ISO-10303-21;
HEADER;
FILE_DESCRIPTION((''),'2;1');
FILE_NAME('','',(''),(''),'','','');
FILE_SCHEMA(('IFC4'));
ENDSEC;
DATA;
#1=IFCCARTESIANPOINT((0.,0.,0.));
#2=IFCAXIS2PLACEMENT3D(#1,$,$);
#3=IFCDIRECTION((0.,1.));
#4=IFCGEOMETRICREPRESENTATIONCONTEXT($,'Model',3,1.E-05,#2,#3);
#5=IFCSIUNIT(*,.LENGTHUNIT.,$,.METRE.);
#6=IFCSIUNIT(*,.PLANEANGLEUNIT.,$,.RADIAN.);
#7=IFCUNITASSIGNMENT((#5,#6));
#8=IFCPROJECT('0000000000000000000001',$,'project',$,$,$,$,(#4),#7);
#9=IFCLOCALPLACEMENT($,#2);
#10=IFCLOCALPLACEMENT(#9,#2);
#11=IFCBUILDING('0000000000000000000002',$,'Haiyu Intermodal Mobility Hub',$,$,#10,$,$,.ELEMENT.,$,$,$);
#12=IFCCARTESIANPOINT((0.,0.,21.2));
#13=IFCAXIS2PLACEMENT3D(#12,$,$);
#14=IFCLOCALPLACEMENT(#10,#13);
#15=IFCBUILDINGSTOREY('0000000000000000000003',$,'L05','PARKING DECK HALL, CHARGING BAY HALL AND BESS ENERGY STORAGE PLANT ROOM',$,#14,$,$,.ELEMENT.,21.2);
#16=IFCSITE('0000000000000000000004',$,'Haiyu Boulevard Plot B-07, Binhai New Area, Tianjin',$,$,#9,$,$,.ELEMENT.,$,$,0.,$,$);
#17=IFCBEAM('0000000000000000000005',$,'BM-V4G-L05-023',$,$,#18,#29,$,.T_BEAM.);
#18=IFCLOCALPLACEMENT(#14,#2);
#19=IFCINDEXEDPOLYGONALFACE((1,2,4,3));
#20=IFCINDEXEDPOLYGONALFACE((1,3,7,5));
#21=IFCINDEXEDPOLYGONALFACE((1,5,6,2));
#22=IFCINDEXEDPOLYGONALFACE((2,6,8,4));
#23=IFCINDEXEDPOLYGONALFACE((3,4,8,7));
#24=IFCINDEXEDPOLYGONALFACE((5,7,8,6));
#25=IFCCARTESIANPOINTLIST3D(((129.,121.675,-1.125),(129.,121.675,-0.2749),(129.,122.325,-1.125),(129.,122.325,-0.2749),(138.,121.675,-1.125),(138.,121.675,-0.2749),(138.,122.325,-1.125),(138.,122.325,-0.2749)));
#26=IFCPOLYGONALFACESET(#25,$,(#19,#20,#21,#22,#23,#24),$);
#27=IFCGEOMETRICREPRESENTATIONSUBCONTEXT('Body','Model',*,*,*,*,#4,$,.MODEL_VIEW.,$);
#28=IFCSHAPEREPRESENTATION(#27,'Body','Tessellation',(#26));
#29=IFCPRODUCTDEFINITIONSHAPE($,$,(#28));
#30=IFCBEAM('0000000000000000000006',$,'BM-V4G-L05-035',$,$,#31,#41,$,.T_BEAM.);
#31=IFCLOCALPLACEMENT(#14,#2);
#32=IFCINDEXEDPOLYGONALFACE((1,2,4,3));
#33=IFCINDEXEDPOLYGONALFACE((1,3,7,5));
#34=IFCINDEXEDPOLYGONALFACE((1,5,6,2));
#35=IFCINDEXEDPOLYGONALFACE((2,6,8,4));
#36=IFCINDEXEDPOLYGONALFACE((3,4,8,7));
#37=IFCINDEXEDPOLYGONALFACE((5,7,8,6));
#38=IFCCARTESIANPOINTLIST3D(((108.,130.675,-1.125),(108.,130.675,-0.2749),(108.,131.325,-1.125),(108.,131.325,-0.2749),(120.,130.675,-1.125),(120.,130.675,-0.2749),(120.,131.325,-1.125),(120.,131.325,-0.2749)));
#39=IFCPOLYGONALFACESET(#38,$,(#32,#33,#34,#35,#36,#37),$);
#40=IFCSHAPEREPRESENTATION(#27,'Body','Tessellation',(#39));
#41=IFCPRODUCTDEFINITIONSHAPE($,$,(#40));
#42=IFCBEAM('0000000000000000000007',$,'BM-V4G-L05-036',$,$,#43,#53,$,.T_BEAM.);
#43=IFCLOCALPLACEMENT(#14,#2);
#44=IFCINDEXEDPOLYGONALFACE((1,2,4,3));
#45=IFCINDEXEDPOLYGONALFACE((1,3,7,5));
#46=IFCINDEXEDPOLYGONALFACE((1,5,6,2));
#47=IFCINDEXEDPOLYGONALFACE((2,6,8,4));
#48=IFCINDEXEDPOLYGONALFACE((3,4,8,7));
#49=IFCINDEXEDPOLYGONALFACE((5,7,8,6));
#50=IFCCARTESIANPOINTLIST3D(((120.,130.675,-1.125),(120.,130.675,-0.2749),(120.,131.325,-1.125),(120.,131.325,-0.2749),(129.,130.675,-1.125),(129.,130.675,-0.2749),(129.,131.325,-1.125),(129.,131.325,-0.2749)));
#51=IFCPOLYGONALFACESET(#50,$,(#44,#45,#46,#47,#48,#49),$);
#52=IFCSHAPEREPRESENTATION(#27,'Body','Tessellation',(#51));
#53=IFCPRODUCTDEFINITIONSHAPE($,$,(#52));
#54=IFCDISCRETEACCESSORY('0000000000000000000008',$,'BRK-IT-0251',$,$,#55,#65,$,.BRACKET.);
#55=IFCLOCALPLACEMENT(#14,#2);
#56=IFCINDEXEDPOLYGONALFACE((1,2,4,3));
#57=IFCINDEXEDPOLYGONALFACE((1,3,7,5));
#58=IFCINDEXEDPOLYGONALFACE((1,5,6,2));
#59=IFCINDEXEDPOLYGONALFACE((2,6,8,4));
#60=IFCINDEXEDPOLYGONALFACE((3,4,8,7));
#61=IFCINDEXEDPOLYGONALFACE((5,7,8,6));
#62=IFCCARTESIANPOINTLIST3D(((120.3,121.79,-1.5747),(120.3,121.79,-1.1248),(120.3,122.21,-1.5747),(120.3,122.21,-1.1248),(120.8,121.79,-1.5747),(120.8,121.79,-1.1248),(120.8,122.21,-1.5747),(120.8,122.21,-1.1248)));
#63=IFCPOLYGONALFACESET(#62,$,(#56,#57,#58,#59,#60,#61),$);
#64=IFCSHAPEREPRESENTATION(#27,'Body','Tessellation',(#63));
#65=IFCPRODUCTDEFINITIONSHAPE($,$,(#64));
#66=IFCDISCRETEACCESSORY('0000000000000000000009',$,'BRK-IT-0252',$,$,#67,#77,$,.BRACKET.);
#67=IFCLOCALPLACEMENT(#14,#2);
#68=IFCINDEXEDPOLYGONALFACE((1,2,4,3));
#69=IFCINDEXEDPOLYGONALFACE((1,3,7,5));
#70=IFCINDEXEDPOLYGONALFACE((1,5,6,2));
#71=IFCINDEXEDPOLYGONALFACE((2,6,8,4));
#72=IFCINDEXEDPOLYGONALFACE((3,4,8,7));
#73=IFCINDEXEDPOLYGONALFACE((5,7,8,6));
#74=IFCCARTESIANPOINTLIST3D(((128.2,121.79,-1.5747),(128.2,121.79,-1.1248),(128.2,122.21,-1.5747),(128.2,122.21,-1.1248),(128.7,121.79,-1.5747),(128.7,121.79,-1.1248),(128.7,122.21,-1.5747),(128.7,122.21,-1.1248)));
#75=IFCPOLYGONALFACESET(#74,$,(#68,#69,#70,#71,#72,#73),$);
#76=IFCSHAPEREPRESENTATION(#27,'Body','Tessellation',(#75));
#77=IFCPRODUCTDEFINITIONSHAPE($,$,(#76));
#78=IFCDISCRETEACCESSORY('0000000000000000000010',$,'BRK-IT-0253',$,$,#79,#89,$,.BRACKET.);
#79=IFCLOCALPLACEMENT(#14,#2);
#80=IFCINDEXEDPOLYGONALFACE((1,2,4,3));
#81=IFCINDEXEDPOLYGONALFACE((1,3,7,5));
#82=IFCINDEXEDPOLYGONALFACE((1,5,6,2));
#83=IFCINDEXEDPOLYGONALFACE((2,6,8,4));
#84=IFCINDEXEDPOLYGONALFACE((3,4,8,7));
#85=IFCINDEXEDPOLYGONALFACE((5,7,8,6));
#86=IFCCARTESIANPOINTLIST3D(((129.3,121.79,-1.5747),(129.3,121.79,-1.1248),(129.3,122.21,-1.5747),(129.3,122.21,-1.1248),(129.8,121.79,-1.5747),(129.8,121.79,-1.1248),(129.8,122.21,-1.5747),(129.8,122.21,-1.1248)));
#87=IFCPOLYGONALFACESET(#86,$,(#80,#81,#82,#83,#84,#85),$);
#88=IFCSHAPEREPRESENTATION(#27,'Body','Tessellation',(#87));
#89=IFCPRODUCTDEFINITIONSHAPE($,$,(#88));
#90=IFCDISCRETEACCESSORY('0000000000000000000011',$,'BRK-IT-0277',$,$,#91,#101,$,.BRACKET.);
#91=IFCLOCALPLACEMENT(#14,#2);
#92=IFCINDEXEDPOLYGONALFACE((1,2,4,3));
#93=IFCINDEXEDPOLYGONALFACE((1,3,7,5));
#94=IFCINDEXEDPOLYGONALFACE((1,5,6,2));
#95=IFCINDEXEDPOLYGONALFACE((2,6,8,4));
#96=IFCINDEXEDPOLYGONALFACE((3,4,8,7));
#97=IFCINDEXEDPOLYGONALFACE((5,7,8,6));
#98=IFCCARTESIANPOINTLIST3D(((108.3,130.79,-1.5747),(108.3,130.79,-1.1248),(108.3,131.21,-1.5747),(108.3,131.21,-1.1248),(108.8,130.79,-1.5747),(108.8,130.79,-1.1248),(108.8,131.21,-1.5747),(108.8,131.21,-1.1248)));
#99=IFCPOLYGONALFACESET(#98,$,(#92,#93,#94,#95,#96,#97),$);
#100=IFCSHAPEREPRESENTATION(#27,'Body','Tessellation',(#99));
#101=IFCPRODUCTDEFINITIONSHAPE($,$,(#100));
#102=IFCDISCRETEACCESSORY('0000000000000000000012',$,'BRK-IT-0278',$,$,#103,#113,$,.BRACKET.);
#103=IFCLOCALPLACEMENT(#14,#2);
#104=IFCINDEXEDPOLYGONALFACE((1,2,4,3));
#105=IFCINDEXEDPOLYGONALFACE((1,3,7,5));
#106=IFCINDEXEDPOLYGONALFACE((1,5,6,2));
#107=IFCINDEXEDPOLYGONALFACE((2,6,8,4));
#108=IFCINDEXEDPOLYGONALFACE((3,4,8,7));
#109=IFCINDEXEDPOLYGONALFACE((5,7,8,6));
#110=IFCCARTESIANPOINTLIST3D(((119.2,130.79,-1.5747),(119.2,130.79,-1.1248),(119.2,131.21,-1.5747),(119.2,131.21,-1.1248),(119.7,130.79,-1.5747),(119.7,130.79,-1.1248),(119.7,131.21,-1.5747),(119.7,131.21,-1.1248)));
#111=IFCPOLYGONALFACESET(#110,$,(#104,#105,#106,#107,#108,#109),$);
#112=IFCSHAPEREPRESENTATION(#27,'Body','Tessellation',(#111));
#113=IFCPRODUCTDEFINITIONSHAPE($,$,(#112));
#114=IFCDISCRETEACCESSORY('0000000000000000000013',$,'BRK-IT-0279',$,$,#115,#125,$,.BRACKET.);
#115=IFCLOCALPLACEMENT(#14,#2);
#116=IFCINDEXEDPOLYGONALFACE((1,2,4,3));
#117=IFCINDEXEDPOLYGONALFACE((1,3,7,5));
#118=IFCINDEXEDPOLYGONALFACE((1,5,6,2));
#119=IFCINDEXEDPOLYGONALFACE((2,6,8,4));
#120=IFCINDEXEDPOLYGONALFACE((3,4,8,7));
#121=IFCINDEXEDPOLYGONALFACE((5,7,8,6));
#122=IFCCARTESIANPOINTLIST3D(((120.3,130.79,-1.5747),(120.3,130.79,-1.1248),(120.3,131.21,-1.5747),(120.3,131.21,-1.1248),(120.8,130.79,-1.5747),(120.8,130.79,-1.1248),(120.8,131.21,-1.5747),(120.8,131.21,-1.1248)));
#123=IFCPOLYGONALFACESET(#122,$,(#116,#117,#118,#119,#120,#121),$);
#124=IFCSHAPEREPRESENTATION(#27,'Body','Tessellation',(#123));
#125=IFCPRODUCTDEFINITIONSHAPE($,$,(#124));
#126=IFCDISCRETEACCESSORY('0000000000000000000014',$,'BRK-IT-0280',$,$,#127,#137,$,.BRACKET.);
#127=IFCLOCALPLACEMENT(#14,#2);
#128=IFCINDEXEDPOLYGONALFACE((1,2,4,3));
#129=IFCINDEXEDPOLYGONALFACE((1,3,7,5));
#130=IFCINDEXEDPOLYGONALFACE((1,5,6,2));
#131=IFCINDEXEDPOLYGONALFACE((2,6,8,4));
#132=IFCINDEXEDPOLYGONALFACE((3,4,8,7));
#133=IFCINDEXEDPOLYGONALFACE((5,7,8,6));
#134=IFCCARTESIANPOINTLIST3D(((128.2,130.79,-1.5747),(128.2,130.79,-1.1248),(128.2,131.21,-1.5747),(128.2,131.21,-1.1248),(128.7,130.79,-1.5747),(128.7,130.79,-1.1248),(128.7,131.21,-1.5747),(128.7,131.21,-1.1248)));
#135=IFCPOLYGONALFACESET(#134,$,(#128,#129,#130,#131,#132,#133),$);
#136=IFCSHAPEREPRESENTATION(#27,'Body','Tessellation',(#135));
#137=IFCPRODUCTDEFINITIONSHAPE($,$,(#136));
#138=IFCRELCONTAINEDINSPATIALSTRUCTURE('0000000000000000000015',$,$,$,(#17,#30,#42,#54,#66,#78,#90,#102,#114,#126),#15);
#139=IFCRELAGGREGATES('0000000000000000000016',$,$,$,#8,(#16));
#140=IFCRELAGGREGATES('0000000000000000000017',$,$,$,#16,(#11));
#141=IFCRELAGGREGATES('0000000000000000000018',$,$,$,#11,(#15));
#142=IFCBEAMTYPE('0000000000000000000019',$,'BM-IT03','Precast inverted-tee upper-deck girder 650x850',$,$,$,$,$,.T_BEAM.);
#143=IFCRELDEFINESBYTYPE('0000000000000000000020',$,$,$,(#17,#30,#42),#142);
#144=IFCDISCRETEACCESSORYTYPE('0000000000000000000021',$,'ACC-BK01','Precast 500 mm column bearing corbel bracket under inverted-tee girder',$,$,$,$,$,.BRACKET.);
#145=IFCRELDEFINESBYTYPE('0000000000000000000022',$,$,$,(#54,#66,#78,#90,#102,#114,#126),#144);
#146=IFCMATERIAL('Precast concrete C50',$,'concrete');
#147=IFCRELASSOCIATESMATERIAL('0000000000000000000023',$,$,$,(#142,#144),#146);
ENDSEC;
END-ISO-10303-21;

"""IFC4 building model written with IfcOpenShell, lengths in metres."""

from ifc_helpers import new_model, si_unit, direction, frame, origin, origin_2d, place, context, subcontext, project, spatial, rectangle, extrude, material, material_profile, profile_set, type_object, element, save


model = new_model("IFC4")

# Units and contexts
model_context = context("Model", 3, precision=1e-05, world=origin(), true_north=direction((0.0, 1.0)))
body_context = subcontext(model_context, "Body", "Model", "MODEL_VIEW")
ifc_project = project(units=[si_unit("LENGTHUNIT", "METRE"), si_unit("PLANEANGLEUNIT", "RADIAN")], contexts=[model_context])

# Site, building, storey
site_placement = place(None, origin())
site = spatial("IfcSite", under=ifc_project, at=site_placement, Name="Haiyu Boulevard Plot B-07, Binhai New Area, Tianjin", CompositionType="ELEMENT", RefElevation=0.0)
building_placement = place(site_placement, origin())
building = spatial("IfcBuilding", under=site, at=building_placement, Name="Haiyu Intermodal Mobility Hub", CompositionType="ELEMENT")
storey_placement = place(building_placement, frame((0.0, 0.0, 21.2)))
storey = spatial("IfcBuildingStorey", under=building, at=storey_placement, Name="L05", Description="PARKING DECK HALL, CHARGING BAY HALL AND BESS ENERGY STORAGE PLANT ROOM", CompositionType="ELEMENT", Elevation=21.2)

# Beams
ifc_material_1 = material(Name="Precast concrete C50", Category="concrete")
ifc_material_profile_1 = material_profile(ifc_material_1, rectangle(XDim=0.6499, YDim=0.8501, at=origin_2d()), Name="PC650x850")
ifc_profile_set_1 = profile_set([ifc_material_profile_1], Name="Precast concrete C50")
beam_type_1 = type_object("IfcBeamType", Name="BM-IT03", Description="Precast inverted-tee upper-deck girder 650x850", PredefinedType="T_BEAM", material=ifc_profile_set_1)
beam_1_placement = place(storey_placement, frame((129.0, 122.0, -0.7), z_axis=(1.0, 0.0, 0.0), x_axis=(0.0, 1.0, 0.0)))
element("IfcBeam", 1, at=beam_1_placement, inside=storey, type_object=beam_type_1, Name="BM-V4G-L05-023", PredefinedType="T_BEAM", context=body_context, shape_type="SweptSolid", body=[
    extrude(rectangle(XDim=0.6499, YDim=0.8501, at=origin_2d()), origin(), (0.0, 0.0, 1.0), 9.0),
])
beam_2_placement = place(storey_placement, frame((108.0, 131.0, -0.7), z_axis=(1.0, 0.0, 0.0), x_axis=(0.0, 1.0, 0.0)))
element("IfcBeam", 2, at=beam_2_placement, inside=storey, type_object=beam_type_1, Name="BM-V4G-L05-035", PredefinedType="T_BEAM", context=body_context, shape_type="SweptSolid", body=[
    extrude(rectangle(XDim=0.6499, YDim=0.8501, at=origin_2d()), origin(), (0.0, 0.0, 1.0), 12.0),
])
beam_3_placement = place(storey_placement, frame((120.0, 131.0, -0.7), z_axis=(1.0, 0.0, 0.0), x_axis=(0.0, 1.0, 0.0)))
element("IfcBeam", 3, at=beam_3_placement, inside=storey, type_object=beam_type_1, Name="BM-V4G-L05-036", PredefinedType="T_BEAM", context=body_context, shape_type="SweptSolid", body=[
    extrude(rectangle(XDim=0.6499, YDim=0.8501, at=origin_2d()), origin(), (0.0, 0.0, 1.0), 9.0),
])

# Discrete accessories
discrete_accessory_type = type_object("IfcDiscreteAccessoryType", Name="ACC-BK01", Description="Precast 500 mm column bearing corbel bracket under inverted-tee girder", PredefinedType="BRACKET", material=ifc_material_1)
for number, where, z_axis, x_axis, name in (
    (4, (120.55, 122.0, -1.5747), (0.0, 0.0, 1.0), (1.0, 0.0, 0.0), "BRK-IT-0251"),
    (5, (128.45, 122.0, -1.5747), (0.0, 0.0, 1.0), (1.0, 0.0, 0.0), "BRK-IT-0252"),
    (6, (129.55, 122.0, -1.5747), (0.0, 0.0, 1.0), (1.0, 0.0, 0.0), "BRK-IT-0253"),
    (7, (108.55, 131.0, -1.5747), (0.0, 0.0, 1.0), (1.0, 0.0, 0.0), "BRK-IT-0277"),
    (8, (119.45, 131.0, -1.5747), (0.0, 0.0, 1.0), (1.0, 0.0, 0.0), "BRK-IT-0278"),
    (9, (120.55, 131.0, -1.5747), (0.0, 0.0, 1.0), (1.0, 0.0, 0.0), "BRK-IT-0279"),
    (10, (128.45, 131.0, -1.5747), (0.0, 0.0, 1.0), (1.0, 0.0, 0.0), "BRK-IT-0280"),
):
    element("IfcDiscreteAccessory", number, at=place(storey_placement, frame(where, z_axis=z_axis, x_axis=x_axis)), inside=storey, type_object=discrete_accessory_type, Name=name, PredefinedType="BRACKET", context=body_context, shape_type="SweptSolid", body=[
        extrude(rectangle(XDim=0.5, YDim=0.4199, at=origin_2d()), origin(), (0.0, 0.0, 1.0), 0.45),
    ])

save(model, "model.ifc")
